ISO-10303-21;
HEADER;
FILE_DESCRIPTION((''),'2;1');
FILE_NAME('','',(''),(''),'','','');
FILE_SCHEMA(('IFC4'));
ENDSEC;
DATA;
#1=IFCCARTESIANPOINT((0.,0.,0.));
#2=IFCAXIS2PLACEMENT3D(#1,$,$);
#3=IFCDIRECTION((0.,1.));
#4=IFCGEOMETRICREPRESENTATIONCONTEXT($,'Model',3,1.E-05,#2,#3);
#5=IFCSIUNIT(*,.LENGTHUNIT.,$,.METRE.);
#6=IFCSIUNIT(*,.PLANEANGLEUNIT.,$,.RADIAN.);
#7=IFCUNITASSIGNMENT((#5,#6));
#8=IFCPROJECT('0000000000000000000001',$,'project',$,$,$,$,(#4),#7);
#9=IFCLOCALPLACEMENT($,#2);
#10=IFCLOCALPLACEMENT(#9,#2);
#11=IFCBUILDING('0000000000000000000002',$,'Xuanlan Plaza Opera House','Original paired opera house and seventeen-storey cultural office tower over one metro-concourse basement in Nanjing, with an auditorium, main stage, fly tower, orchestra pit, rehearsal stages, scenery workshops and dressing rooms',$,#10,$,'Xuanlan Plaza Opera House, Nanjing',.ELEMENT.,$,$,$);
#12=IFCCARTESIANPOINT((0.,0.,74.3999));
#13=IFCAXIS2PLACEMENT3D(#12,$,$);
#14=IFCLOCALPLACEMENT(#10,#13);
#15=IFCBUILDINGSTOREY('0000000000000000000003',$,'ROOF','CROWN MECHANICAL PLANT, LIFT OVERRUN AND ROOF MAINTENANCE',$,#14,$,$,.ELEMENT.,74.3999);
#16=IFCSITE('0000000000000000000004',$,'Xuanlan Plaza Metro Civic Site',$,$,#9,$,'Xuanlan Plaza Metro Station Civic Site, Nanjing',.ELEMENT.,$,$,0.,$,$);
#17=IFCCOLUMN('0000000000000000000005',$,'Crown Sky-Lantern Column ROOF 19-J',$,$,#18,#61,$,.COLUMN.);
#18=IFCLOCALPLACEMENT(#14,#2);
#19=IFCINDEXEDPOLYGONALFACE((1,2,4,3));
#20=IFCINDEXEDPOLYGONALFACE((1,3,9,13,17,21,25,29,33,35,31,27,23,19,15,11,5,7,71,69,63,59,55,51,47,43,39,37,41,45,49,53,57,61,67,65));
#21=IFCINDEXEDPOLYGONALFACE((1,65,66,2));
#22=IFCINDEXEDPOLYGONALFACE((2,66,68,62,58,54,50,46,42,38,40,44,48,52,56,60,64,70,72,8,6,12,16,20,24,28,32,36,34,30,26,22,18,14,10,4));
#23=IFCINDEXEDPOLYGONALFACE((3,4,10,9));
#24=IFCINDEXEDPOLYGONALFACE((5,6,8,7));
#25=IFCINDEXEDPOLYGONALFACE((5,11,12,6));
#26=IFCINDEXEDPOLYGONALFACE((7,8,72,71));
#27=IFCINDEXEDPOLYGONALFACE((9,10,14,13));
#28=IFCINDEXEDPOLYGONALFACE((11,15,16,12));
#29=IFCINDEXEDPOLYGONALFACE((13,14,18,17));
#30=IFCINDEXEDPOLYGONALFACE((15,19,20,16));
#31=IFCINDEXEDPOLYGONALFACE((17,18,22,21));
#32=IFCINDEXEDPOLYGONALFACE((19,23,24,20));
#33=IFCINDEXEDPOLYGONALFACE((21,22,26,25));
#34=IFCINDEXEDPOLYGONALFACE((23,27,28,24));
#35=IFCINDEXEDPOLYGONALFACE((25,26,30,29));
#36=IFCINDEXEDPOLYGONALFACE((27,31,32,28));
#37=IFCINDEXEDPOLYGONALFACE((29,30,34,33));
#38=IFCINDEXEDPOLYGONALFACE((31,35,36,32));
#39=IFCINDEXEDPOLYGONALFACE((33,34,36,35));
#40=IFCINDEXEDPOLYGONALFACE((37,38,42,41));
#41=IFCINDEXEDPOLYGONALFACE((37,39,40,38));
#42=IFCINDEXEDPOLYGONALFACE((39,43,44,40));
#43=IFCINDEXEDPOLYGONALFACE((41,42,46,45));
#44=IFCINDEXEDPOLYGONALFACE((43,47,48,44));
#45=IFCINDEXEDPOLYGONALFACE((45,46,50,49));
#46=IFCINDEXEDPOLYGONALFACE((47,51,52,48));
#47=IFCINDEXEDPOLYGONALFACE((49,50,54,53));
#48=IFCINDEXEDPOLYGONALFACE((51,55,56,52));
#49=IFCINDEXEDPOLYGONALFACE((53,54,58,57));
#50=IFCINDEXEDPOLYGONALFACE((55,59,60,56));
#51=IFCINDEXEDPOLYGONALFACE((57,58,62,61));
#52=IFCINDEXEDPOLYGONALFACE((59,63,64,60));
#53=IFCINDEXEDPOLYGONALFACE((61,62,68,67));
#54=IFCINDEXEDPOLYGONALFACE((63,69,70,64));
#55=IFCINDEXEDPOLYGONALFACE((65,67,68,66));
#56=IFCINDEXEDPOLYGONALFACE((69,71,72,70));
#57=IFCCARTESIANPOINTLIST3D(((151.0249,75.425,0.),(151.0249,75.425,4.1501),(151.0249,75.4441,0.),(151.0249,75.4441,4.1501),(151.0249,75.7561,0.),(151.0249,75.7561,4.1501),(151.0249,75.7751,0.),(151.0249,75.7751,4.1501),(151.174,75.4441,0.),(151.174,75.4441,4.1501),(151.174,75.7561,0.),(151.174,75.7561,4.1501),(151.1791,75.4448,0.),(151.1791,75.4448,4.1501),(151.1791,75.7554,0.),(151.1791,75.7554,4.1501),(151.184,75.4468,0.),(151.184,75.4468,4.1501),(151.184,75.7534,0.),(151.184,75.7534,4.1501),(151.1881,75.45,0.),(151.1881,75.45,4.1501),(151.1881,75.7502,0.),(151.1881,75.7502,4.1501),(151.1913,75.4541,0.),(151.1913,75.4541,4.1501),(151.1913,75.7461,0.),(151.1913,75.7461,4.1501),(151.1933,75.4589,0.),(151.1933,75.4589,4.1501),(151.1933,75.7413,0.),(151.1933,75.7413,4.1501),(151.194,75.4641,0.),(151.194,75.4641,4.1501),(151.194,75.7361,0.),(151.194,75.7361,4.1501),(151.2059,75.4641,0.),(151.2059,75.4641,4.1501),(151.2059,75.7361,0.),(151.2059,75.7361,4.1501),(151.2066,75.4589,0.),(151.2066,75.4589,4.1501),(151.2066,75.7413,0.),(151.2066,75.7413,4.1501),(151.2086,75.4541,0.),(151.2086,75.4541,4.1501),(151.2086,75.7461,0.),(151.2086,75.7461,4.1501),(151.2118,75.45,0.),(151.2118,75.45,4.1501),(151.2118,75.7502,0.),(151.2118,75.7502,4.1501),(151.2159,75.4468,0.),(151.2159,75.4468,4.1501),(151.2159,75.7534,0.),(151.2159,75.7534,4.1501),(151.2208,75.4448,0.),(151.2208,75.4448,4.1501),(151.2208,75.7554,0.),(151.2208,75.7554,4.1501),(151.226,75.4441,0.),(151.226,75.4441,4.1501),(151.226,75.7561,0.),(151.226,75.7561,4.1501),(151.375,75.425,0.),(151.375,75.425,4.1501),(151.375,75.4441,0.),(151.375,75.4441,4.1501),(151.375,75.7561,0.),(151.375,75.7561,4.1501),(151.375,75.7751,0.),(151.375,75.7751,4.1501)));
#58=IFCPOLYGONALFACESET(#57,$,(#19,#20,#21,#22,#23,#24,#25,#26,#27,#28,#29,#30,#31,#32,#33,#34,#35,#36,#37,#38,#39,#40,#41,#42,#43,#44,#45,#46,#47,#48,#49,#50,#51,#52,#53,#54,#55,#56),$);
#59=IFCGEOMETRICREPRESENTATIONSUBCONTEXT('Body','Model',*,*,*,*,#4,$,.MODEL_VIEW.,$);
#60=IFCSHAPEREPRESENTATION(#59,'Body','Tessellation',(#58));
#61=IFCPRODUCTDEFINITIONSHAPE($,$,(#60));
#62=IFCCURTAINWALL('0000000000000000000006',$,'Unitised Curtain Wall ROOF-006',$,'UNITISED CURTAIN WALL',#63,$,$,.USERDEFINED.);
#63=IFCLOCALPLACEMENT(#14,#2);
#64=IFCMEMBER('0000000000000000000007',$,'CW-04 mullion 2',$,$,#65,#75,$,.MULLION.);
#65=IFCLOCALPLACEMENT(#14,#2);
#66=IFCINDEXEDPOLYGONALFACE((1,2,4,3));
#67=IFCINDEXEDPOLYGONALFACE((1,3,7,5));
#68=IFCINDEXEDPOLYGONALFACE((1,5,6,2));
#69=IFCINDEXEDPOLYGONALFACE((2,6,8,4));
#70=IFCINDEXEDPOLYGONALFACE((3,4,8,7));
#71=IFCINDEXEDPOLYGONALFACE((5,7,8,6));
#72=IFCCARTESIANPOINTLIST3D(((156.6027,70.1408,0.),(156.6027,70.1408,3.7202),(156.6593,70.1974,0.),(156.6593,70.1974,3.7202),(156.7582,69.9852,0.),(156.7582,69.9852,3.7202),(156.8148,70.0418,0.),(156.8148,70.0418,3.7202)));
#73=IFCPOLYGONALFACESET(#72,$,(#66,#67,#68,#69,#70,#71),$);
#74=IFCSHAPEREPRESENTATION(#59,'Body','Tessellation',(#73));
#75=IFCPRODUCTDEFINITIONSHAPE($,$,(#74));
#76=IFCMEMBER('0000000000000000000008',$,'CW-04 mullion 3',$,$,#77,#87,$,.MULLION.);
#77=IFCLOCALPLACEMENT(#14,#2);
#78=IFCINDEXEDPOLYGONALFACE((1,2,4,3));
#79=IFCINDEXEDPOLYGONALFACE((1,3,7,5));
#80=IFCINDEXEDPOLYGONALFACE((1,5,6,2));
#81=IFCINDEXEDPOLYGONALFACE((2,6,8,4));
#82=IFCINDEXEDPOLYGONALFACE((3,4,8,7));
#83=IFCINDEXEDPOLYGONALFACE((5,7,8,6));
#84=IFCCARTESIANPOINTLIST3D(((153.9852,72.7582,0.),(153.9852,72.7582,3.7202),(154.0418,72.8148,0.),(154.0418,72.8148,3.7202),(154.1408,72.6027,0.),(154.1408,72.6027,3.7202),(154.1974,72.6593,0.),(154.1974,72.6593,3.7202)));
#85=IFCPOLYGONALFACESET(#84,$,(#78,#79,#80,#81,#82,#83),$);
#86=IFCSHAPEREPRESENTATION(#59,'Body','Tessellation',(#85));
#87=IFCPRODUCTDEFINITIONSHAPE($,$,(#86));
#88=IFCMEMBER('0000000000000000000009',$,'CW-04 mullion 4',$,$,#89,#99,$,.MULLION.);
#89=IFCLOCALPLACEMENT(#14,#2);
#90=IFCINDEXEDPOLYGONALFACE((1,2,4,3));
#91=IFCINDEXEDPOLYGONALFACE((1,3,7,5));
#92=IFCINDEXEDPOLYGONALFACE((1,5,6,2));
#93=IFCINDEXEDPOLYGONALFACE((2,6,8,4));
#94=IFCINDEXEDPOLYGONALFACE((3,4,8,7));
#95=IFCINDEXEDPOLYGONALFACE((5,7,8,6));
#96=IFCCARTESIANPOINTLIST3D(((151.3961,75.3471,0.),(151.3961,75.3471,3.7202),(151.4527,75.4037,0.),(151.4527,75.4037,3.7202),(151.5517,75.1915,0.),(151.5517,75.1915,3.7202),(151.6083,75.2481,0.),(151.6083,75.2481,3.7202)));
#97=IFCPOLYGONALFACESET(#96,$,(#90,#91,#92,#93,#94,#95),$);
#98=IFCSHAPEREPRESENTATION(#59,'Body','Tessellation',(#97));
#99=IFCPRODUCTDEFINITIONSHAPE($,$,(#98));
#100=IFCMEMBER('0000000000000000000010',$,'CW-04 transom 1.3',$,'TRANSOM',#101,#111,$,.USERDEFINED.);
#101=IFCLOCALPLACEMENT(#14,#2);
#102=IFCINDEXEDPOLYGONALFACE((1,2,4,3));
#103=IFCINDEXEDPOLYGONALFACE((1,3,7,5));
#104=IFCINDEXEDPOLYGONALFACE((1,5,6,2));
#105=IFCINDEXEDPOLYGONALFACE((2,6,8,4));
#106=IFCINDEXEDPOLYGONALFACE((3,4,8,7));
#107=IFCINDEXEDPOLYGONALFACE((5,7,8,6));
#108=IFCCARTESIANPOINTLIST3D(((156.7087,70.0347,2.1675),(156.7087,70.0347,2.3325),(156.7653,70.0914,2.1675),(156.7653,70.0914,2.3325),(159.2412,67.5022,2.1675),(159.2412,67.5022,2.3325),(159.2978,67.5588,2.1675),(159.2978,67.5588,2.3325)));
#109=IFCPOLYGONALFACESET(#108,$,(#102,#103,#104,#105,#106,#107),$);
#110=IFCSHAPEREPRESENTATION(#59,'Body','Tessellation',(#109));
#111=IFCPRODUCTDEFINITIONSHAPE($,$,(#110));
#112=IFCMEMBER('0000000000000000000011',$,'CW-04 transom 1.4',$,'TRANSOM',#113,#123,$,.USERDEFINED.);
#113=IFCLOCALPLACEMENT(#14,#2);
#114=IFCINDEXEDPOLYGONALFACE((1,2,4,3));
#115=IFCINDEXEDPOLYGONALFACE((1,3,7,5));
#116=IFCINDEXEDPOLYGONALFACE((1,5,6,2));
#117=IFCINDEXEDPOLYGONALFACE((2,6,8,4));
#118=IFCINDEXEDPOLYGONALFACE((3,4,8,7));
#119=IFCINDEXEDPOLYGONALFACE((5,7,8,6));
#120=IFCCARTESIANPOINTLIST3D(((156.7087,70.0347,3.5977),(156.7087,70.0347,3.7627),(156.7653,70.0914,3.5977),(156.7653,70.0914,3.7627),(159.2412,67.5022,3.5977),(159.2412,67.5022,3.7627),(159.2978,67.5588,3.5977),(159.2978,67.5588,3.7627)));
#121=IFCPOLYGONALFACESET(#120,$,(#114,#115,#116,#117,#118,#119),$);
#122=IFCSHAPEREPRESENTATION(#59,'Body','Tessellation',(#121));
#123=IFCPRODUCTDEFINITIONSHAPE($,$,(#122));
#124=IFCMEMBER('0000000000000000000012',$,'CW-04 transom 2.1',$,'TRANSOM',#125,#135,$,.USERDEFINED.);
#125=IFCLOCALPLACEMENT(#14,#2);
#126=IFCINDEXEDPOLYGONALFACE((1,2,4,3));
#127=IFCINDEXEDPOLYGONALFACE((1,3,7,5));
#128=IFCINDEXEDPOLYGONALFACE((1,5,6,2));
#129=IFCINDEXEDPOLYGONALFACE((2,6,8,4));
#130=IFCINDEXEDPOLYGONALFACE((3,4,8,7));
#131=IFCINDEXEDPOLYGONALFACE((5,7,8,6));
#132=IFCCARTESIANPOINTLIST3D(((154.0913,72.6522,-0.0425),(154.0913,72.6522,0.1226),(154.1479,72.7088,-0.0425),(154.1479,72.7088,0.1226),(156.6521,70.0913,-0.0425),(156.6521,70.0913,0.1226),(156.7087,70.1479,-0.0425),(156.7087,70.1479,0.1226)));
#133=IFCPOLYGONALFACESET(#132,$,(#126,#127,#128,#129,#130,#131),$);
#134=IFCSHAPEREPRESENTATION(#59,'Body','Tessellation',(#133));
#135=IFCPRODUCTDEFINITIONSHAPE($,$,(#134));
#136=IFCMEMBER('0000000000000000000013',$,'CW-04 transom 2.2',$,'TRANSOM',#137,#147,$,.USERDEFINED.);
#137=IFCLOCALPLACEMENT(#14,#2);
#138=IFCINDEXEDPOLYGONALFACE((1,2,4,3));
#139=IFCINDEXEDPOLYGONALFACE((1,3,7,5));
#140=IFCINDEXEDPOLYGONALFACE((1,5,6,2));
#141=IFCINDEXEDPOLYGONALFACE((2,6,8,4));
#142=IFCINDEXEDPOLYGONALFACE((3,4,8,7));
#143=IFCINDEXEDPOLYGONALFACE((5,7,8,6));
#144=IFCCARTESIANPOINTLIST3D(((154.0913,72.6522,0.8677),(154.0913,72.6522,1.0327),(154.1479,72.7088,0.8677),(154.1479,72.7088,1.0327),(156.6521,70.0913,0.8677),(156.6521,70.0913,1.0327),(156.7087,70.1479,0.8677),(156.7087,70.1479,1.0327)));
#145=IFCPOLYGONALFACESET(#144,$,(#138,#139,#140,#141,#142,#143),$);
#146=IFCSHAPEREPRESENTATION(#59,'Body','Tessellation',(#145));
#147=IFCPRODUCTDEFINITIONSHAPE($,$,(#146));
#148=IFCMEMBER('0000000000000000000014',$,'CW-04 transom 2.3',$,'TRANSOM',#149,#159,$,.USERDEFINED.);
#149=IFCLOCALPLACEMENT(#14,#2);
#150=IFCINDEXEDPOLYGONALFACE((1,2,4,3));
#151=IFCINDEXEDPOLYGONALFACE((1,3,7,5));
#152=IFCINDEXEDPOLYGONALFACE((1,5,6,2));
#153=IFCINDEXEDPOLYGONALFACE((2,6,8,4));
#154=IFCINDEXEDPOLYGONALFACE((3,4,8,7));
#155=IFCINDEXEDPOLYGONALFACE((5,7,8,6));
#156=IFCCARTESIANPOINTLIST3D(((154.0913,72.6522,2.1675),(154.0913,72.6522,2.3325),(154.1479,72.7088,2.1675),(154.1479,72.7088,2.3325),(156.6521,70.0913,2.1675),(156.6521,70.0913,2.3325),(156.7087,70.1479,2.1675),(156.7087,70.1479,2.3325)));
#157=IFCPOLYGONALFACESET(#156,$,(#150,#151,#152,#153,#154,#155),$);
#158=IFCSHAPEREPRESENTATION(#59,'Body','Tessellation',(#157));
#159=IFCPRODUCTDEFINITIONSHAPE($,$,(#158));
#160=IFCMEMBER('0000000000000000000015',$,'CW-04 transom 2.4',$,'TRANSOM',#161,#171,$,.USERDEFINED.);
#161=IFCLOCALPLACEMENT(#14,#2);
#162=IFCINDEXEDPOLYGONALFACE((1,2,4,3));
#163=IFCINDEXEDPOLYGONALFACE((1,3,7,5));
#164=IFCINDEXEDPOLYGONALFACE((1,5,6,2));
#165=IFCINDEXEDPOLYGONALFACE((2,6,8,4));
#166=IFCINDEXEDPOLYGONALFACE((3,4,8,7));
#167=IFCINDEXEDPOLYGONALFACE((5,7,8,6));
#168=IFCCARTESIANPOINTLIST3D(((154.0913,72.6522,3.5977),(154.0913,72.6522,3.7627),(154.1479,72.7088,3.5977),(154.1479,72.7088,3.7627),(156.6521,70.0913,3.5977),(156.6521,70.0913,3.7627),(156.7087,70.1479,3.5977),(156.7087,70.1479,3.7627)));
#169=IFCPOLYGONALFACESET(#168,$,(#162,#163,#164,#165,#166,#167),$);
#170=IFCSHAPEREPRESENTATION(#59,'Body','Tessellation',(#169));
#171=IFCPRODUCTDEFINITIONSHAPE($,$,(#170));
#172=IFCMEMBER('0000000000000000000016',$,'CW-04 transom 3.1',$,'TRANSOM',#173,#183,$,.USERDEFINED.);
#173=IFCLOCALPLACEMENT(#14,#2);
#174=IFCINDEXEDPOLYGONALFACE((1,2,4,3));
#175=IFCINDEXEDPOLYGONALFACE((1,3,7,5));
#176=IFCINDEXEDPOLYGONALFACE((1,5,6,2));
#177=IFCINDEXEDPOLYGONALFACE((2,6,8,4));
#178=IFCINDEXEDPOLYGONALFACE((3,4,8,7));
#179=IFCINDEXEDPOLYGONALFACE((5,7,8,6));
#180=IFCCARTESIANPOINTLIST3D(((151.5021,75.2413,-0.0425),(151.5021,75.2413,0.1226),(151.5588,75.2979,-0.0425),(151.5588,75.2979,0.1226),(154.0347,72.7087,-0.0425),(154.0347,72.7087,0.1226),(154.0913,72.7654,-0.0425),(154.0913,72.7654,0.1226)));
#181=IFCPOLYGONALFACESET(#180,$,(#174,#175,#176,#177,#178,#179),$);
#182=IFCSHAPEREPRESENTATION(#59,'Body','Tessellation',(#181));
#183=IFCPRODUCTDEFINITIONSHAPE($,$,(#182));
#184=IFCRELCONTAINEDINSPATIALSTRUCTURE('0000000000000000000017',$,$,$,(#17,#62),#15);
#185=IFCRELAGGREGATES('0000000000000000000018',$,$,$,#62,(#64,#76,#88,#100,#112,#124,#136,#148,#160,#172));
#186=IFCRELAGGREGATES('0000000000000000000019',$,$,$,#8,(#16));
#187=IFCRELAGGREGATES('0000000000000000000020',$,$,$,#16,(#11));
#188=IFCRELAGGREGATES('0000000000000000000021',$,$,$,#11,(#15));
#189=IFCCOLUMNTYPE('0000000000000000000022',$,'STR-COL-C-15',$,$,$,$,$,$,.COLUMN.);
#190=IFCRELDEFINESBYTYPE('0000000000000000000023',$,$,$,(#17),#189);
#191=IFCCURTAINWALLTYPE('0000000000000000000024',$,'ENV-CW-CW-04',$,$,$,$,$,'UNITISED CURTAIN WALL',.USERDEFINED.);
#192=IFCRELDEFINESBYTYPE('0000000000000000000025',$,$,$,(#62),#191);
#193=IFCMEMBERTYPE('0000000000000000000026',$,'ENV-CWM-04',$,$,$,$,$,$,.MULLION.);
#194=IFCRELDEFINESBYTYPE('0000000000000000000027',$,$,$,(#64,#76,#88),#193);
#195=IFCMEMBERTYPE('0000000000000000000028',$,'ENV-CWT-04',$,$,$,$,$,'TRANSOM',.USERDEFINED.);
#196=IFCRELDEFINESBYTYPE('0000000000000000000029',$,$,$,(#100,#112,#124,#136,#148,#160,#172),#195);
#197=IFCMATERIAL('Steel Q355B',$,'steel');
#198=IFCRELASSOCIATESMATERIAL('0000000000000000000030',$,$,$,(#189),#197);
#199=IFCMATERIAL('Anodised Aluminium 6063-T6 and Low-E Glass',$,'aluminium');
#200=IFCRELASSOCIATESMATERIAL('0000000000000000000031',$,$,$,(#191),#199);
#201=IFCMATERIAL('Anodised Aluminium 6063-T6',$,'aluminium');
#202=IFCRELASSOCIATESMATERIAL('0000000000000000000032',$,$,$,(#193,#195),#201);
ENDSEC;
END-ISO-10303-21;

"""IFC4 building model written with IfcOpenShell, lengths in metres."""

from ifc_helpers import new_model, si_unit, direction, frame, origin, origin_2d, place, context, subcontext, project, spatial, rectangle, i_section, extrude, material, material_profile, profile_set, type_object, element, aggregate, save


model = new_model("IFC4")

# Units and contexts
model_context = context("Model", 3, precision=1e-05, world=origin(), true_north=direction((0.0, 1.0)))
body_context = subcontext(model_context, "Body", "Model", "MODEL_VIEW")
ifc_project = project(units=[si_unit("LENGTHUNIT", "METRE"), si_unit("PLANEANGLEUNIT", "RADIAN")], contexts=[model_context])

# Site, building, storey
site_placement = place(None, origin())
site = spatial("IfcSite", under=ifc_project, at=site_placement, Name="Xuanlan Plaza Metro Civic Site", LongName="Xuanlan Plaza Metro Station Civic Site, Nanjing", CompositionType="ELEMENT", RefElevation=0.0)
building_placement = place(site_placement, origin())
building = spatial("IfcBuilding", under=site, at=building_placement, Name="Xuanlan Plaza Opera House", Description="Original paired opera house and seventeen-storey cultural office tower over one metro-concourse basement in Nanjing, with an auditorium, main stage, fly tower, orchestra pit, rehearsal stages, scenery workshops and dressing rooms", LongName="Xuanlan Plaza Opera House, Nanjing", CompositionType="ELEMENT")
storey_placement = place(building_placement, frame((0.0, 0.0, 74.3999)))
storey = spatial("IfcBuildingStorey", under=building, at=storey_placement, Name="ROOF", Description="CROWN MECHANICAL PLANT, LIFT OVERRUN AND ROOF MAINTENANCE", CompositionType="ELEMENT", Elevation=74.3999)

# Column
ifc_material_1 = material(Name="Steel Q355B", Category="steel")
ifc_material_profile_1 = material_profile(ifc_material_1, i_section(OverallWidth=0.3501, OverallDepth=0.3501, WebThickness=0.012, FlangeThickness=0.019, FilletRadius=0.02, at=origin_2d()), Name="HW 350x350x12x19")
ifc_profile_set_1 = profile_set([ifc_material_profile_1], Name="Steel Q355B")
column_type = type_object("IfcColumnType", Name="STR-COL-C-15", PredefinedType="COLUMN", material=ifc_profile_set_1)
column_placement = place(storey_placement, frame((151.2, 75.6001, 0.0), z_axis=(0.0, 0.0, 1.0), x_axis=(1.0, 0.0, 0.0)))
element("IfcColumn", 1, at=column_placement, inside=storey, type_object=column_type, Name="Crown Sky-Lantern Column ROOF 19-J", PredefinedType="COLUMN", context=body_context, shape_type="SweptSolid", body=[
    extrude(i_section(OverallWidth=0.3501, OverallDepth=0.3501, WebThickness=0.012, FlangeThickness=0.019, FilletRadius=0.02, at=origin_2d()), origin(), (0.0, 0.0, 1.0), 4.1501),
])

# Curtain wall, members
ifc_material_2 = material(Name="Anodised Aluminium 6063-T6 and Low-E Glass", Category="aluminium")
curtain_wall_type = type_object("IfcCurtainWallType", Name="ENV-CW-CW-04", ElementType="UNITISED CURTAIN WALL", PredefinedType="USERDEFINED", material=ifc_material_2)
curtain_wall_placement = place(storey_placement, origin())
curtain_wall = element("IfcCurtainWall", 2, at=curtain_wall_placement, inside=storey, type_object=curtain_wall_type, Name="Unitised Curtain Wall ROOF-006", ObjectType="UNITISED CURTAIN WALL", PredefinedType="USERDEFINED")
ifc_material_3 = material(Name="Anodised Aluminium 6063-T6", Category="aluminium")
ifc_material_profile_2 = material_profile(ifc_material_3, rectangle(XDim=0.0801, YDim=0.22, at=origin_2d()), Name="ALU-M 80x220")
ifc_profile_set_2 = profile_set([ifc_material_profile_2], Name="Anodised Aluminium 6063-T6")
member_type_1 = type_object("IfcMemberType", Name="ENV-CWM-04", PredefinedType="MULLION", material=ifc_profile_set_2)
member_1_placement = place(storey_placement, frame((156.7087, 70.0913, 0.0), z_axis=(0.0, 0.0, 1.0), x_axis=(-0.707107, -0.707107, 0.0)))
member_1 = element("IfcMember", 3, at=member_1_placement, type_object=member_type_1, Name="CW-04 mullion 2", PredefinedType="MULLION", context=body_context, shape_type="SweptSolid", body=[
    extrude(rectangle(XDim=0.0801, YDim=0.22, at=origin_2d()), origin(), (0.0, 0.0, 1.0), 3.7202),
])
member_2_placement = place(storey_placement, frame((154.0913, 72.7087, 0.0), z_axis=(0.0, 0.0, 1.0), x_axis=(-0.707107, -0.707107, 0.0)))
member_2 = element("IfcMember", 4, at=member_2_placement, type_object=member_type_1, Name="CW-04 mullion 3", PredefinedType="MULLION", context=body_context, shape_type="SweptSolid", body=[
    extrude(rectangle(XDim=0.0801, YDim=0.22, at=origin_2d()), origin(), (0.0, 0.0, 1.0), 3.7202),
])
member_3_placement = place(storey_placement, frame((151.5022, 75.2976, 0.0), z_axis=(0.0, 0.0, 1.0), x_axis=(-0.707107, -0.707107, 0.0)))
member_3 = element("IfcMember", 5, at=member_3_placement, type_object=member_type_1, Name="CW-04 mullion 4", PredefinedType="MULLION", context=body_context, shape_type="SweptSolid", body=[
    extrude(rectangle(XDim=0.0801, YDim=0.22, at=origin_2d()), origin(), (0.0, 0.0, 1.0), 3.7202),
])
ifc_material_profile_3 = material_profile(ifc_material_3, rectangle(XDim=0.0801, YDim=0.165, at=origin_2d()), Name="ALU-T 80x165")
ifc_profile_set_3 = profile_set([ifc_material_profile_3], Name="Anodised Aluminium 6063-T6")
member_type_2 = type_object("IfcMemberType", Name="ENV-CWT-04", ElementType="TRANSOM", PredefinedType="USERDEFINED", material=ifc_profile_set_3)
member_4_placement = place(storey_placement, frame((159.2695, 67.5305, 2.25), z_axis=(-0.707107, 0.707107, 0.0), x_axis=(-0.707107, -0.707107, 0.0)))
member_4 = element("IfcMember", 6, at=member_4_placement, type_object=member_type_2, Name="CW-04 transom 1.3", ObjectType="TRANSOM", PredefinedType="USERDEFINED", context=body_context, shape_type="SweptSolid", body=[
    extrude(rectangle(XDim=0.0801, YDim=0.165, at=origin_2d()), origin(), (0.0, 0.0, 1.0), 3.5815),
])
member_5_placement = place(storey_placement, frame((159.2695, 67.5305, 3.6802), z_axis=(-0.707107, 0.707107, 0.0), x_axis=(-0.707107, -0.707107, 0.0)))
member_5 = element("IfcMember", 7, at=member_5_placement, type_object=member_type_2, Name="CW-04 transom 1.4", ObjectType="TRANSOM", PredefinedType="USERDEFINED", context=body_context, shape_type="SweptSolid", body=[
    extrude(rectangle(XDim=0.0801, YDim=0.165, at=origin_2d()), origin(), (0.0, 0.0, 1.0), 3.5815),
])
member_6_placement = place(storey_placement, frame((156.6804, 70.1196, 0.04), z_axis=(-0.707107, 0.707107, 0.0), x_axis=(-0.707107, -0.707107, 0.0)))
member_6 = element("IfcMember", 8, at=member_6_placement, type_object=member_type_2, Name="CW-04 transom 2.1", ObjectType="TRANSOM", PredefinedType="USERDEFINED", context=body_context, shape_type="SweptSolid", body=[
    extrude(rectangle(XDim=0.0801, YDim=0.165, at=origin_2d()), origin(), (0.0, 0.0, 1.0), 3.6216),
])
member_7_placement = place(storey_placement, frame((156.6804, 70.1196, 0.9502), z_axis=(-0.707107, 0.707107, 0.0), x_axis=(-0.707107, -0.707107, 0.0)))
member_7 = element("IfcMember", 9, at=member_7_placement, type_object=member_type_2, Name="CW-04 transom 2.2", ObjectType="TRANSOM", PredefinedType="USERDEFINED", context=body_context, shape_type="SweptSolid", body=[
    extrude(rectangle(XDim=0.0801, YDim=0.165, at=origin_2d()), origin(), (0.0, 0.0, 1.0), 3.6216),
])
member_8_placement = place(storey_placement, frame((156.6804, 70.1196, 2.25), z_axis=(-0.707107, 0.707107, 0.0), x_axis=(-0.707107, -0.707107, 0.0)))
member_8 = element("IfcMember", 10, at=member_8_placement, type_object=member_type_2, Name="CW-04 transom 2.3", ObjectType="TRANSOM", PredefinedType="USERDEFINED", context=body_context, shape_type="SweptSolid", body=[
    extrude(rectangle(XDim=0.0801, YDim=0.165, at=origin_2d()), origin(), (0.0, 0.0, 1.0), 3.6216),
])
member_9_placement = place(storey_placement, frame((156.6804, 70.1196, 3.6802), z_axis=(-0.707107, 0.707107, 0.0), x_axis=(-0.707107, -0.707107, 0.0)))
member_9 = element("IfcMember", 11, at=member_9_placement, type_object=member_type_2, Name="CW-04 transom 2.4", ObjectType="TRANSOM", PredefinedType="USERDEFINED", context=body_context, shape_type="SweptSolid", body=[
    extrude(rectangle(XDim=0.0801, YDim=0.165, at=origin_2d()), origin(), (0.0, 0.0, 1.0), 3.6216),
])
member_10_placement = place(storey_placement, frame((154.063, 72.7371, 0.04), z_axis=(-0.707107, 0.707107, 0.0), x_axis=(-0.707107, -0.707107, 0.0)))
member_10 = element("IfcMember", 12, at=member_10_placement, type_object=member_type_2, Name="CW-04 transom 3.1", ObjectType="TRANSOM", PredefinedType="USERDEFINED", context=body_context, shape_type="SweptSolid", body=[
    extrude(rectangle(XDim=0.0801, YDim=0.165, at=origin_2d()), origin(), (0.0, 0.0, 1.0), 3.5815),
])

aggregate(curtain_wall, [member_1, member_2, member_3, member_4, member_5, member_6, member_7, member_8, member_9, member_10])

save(model, "model.ifc")
